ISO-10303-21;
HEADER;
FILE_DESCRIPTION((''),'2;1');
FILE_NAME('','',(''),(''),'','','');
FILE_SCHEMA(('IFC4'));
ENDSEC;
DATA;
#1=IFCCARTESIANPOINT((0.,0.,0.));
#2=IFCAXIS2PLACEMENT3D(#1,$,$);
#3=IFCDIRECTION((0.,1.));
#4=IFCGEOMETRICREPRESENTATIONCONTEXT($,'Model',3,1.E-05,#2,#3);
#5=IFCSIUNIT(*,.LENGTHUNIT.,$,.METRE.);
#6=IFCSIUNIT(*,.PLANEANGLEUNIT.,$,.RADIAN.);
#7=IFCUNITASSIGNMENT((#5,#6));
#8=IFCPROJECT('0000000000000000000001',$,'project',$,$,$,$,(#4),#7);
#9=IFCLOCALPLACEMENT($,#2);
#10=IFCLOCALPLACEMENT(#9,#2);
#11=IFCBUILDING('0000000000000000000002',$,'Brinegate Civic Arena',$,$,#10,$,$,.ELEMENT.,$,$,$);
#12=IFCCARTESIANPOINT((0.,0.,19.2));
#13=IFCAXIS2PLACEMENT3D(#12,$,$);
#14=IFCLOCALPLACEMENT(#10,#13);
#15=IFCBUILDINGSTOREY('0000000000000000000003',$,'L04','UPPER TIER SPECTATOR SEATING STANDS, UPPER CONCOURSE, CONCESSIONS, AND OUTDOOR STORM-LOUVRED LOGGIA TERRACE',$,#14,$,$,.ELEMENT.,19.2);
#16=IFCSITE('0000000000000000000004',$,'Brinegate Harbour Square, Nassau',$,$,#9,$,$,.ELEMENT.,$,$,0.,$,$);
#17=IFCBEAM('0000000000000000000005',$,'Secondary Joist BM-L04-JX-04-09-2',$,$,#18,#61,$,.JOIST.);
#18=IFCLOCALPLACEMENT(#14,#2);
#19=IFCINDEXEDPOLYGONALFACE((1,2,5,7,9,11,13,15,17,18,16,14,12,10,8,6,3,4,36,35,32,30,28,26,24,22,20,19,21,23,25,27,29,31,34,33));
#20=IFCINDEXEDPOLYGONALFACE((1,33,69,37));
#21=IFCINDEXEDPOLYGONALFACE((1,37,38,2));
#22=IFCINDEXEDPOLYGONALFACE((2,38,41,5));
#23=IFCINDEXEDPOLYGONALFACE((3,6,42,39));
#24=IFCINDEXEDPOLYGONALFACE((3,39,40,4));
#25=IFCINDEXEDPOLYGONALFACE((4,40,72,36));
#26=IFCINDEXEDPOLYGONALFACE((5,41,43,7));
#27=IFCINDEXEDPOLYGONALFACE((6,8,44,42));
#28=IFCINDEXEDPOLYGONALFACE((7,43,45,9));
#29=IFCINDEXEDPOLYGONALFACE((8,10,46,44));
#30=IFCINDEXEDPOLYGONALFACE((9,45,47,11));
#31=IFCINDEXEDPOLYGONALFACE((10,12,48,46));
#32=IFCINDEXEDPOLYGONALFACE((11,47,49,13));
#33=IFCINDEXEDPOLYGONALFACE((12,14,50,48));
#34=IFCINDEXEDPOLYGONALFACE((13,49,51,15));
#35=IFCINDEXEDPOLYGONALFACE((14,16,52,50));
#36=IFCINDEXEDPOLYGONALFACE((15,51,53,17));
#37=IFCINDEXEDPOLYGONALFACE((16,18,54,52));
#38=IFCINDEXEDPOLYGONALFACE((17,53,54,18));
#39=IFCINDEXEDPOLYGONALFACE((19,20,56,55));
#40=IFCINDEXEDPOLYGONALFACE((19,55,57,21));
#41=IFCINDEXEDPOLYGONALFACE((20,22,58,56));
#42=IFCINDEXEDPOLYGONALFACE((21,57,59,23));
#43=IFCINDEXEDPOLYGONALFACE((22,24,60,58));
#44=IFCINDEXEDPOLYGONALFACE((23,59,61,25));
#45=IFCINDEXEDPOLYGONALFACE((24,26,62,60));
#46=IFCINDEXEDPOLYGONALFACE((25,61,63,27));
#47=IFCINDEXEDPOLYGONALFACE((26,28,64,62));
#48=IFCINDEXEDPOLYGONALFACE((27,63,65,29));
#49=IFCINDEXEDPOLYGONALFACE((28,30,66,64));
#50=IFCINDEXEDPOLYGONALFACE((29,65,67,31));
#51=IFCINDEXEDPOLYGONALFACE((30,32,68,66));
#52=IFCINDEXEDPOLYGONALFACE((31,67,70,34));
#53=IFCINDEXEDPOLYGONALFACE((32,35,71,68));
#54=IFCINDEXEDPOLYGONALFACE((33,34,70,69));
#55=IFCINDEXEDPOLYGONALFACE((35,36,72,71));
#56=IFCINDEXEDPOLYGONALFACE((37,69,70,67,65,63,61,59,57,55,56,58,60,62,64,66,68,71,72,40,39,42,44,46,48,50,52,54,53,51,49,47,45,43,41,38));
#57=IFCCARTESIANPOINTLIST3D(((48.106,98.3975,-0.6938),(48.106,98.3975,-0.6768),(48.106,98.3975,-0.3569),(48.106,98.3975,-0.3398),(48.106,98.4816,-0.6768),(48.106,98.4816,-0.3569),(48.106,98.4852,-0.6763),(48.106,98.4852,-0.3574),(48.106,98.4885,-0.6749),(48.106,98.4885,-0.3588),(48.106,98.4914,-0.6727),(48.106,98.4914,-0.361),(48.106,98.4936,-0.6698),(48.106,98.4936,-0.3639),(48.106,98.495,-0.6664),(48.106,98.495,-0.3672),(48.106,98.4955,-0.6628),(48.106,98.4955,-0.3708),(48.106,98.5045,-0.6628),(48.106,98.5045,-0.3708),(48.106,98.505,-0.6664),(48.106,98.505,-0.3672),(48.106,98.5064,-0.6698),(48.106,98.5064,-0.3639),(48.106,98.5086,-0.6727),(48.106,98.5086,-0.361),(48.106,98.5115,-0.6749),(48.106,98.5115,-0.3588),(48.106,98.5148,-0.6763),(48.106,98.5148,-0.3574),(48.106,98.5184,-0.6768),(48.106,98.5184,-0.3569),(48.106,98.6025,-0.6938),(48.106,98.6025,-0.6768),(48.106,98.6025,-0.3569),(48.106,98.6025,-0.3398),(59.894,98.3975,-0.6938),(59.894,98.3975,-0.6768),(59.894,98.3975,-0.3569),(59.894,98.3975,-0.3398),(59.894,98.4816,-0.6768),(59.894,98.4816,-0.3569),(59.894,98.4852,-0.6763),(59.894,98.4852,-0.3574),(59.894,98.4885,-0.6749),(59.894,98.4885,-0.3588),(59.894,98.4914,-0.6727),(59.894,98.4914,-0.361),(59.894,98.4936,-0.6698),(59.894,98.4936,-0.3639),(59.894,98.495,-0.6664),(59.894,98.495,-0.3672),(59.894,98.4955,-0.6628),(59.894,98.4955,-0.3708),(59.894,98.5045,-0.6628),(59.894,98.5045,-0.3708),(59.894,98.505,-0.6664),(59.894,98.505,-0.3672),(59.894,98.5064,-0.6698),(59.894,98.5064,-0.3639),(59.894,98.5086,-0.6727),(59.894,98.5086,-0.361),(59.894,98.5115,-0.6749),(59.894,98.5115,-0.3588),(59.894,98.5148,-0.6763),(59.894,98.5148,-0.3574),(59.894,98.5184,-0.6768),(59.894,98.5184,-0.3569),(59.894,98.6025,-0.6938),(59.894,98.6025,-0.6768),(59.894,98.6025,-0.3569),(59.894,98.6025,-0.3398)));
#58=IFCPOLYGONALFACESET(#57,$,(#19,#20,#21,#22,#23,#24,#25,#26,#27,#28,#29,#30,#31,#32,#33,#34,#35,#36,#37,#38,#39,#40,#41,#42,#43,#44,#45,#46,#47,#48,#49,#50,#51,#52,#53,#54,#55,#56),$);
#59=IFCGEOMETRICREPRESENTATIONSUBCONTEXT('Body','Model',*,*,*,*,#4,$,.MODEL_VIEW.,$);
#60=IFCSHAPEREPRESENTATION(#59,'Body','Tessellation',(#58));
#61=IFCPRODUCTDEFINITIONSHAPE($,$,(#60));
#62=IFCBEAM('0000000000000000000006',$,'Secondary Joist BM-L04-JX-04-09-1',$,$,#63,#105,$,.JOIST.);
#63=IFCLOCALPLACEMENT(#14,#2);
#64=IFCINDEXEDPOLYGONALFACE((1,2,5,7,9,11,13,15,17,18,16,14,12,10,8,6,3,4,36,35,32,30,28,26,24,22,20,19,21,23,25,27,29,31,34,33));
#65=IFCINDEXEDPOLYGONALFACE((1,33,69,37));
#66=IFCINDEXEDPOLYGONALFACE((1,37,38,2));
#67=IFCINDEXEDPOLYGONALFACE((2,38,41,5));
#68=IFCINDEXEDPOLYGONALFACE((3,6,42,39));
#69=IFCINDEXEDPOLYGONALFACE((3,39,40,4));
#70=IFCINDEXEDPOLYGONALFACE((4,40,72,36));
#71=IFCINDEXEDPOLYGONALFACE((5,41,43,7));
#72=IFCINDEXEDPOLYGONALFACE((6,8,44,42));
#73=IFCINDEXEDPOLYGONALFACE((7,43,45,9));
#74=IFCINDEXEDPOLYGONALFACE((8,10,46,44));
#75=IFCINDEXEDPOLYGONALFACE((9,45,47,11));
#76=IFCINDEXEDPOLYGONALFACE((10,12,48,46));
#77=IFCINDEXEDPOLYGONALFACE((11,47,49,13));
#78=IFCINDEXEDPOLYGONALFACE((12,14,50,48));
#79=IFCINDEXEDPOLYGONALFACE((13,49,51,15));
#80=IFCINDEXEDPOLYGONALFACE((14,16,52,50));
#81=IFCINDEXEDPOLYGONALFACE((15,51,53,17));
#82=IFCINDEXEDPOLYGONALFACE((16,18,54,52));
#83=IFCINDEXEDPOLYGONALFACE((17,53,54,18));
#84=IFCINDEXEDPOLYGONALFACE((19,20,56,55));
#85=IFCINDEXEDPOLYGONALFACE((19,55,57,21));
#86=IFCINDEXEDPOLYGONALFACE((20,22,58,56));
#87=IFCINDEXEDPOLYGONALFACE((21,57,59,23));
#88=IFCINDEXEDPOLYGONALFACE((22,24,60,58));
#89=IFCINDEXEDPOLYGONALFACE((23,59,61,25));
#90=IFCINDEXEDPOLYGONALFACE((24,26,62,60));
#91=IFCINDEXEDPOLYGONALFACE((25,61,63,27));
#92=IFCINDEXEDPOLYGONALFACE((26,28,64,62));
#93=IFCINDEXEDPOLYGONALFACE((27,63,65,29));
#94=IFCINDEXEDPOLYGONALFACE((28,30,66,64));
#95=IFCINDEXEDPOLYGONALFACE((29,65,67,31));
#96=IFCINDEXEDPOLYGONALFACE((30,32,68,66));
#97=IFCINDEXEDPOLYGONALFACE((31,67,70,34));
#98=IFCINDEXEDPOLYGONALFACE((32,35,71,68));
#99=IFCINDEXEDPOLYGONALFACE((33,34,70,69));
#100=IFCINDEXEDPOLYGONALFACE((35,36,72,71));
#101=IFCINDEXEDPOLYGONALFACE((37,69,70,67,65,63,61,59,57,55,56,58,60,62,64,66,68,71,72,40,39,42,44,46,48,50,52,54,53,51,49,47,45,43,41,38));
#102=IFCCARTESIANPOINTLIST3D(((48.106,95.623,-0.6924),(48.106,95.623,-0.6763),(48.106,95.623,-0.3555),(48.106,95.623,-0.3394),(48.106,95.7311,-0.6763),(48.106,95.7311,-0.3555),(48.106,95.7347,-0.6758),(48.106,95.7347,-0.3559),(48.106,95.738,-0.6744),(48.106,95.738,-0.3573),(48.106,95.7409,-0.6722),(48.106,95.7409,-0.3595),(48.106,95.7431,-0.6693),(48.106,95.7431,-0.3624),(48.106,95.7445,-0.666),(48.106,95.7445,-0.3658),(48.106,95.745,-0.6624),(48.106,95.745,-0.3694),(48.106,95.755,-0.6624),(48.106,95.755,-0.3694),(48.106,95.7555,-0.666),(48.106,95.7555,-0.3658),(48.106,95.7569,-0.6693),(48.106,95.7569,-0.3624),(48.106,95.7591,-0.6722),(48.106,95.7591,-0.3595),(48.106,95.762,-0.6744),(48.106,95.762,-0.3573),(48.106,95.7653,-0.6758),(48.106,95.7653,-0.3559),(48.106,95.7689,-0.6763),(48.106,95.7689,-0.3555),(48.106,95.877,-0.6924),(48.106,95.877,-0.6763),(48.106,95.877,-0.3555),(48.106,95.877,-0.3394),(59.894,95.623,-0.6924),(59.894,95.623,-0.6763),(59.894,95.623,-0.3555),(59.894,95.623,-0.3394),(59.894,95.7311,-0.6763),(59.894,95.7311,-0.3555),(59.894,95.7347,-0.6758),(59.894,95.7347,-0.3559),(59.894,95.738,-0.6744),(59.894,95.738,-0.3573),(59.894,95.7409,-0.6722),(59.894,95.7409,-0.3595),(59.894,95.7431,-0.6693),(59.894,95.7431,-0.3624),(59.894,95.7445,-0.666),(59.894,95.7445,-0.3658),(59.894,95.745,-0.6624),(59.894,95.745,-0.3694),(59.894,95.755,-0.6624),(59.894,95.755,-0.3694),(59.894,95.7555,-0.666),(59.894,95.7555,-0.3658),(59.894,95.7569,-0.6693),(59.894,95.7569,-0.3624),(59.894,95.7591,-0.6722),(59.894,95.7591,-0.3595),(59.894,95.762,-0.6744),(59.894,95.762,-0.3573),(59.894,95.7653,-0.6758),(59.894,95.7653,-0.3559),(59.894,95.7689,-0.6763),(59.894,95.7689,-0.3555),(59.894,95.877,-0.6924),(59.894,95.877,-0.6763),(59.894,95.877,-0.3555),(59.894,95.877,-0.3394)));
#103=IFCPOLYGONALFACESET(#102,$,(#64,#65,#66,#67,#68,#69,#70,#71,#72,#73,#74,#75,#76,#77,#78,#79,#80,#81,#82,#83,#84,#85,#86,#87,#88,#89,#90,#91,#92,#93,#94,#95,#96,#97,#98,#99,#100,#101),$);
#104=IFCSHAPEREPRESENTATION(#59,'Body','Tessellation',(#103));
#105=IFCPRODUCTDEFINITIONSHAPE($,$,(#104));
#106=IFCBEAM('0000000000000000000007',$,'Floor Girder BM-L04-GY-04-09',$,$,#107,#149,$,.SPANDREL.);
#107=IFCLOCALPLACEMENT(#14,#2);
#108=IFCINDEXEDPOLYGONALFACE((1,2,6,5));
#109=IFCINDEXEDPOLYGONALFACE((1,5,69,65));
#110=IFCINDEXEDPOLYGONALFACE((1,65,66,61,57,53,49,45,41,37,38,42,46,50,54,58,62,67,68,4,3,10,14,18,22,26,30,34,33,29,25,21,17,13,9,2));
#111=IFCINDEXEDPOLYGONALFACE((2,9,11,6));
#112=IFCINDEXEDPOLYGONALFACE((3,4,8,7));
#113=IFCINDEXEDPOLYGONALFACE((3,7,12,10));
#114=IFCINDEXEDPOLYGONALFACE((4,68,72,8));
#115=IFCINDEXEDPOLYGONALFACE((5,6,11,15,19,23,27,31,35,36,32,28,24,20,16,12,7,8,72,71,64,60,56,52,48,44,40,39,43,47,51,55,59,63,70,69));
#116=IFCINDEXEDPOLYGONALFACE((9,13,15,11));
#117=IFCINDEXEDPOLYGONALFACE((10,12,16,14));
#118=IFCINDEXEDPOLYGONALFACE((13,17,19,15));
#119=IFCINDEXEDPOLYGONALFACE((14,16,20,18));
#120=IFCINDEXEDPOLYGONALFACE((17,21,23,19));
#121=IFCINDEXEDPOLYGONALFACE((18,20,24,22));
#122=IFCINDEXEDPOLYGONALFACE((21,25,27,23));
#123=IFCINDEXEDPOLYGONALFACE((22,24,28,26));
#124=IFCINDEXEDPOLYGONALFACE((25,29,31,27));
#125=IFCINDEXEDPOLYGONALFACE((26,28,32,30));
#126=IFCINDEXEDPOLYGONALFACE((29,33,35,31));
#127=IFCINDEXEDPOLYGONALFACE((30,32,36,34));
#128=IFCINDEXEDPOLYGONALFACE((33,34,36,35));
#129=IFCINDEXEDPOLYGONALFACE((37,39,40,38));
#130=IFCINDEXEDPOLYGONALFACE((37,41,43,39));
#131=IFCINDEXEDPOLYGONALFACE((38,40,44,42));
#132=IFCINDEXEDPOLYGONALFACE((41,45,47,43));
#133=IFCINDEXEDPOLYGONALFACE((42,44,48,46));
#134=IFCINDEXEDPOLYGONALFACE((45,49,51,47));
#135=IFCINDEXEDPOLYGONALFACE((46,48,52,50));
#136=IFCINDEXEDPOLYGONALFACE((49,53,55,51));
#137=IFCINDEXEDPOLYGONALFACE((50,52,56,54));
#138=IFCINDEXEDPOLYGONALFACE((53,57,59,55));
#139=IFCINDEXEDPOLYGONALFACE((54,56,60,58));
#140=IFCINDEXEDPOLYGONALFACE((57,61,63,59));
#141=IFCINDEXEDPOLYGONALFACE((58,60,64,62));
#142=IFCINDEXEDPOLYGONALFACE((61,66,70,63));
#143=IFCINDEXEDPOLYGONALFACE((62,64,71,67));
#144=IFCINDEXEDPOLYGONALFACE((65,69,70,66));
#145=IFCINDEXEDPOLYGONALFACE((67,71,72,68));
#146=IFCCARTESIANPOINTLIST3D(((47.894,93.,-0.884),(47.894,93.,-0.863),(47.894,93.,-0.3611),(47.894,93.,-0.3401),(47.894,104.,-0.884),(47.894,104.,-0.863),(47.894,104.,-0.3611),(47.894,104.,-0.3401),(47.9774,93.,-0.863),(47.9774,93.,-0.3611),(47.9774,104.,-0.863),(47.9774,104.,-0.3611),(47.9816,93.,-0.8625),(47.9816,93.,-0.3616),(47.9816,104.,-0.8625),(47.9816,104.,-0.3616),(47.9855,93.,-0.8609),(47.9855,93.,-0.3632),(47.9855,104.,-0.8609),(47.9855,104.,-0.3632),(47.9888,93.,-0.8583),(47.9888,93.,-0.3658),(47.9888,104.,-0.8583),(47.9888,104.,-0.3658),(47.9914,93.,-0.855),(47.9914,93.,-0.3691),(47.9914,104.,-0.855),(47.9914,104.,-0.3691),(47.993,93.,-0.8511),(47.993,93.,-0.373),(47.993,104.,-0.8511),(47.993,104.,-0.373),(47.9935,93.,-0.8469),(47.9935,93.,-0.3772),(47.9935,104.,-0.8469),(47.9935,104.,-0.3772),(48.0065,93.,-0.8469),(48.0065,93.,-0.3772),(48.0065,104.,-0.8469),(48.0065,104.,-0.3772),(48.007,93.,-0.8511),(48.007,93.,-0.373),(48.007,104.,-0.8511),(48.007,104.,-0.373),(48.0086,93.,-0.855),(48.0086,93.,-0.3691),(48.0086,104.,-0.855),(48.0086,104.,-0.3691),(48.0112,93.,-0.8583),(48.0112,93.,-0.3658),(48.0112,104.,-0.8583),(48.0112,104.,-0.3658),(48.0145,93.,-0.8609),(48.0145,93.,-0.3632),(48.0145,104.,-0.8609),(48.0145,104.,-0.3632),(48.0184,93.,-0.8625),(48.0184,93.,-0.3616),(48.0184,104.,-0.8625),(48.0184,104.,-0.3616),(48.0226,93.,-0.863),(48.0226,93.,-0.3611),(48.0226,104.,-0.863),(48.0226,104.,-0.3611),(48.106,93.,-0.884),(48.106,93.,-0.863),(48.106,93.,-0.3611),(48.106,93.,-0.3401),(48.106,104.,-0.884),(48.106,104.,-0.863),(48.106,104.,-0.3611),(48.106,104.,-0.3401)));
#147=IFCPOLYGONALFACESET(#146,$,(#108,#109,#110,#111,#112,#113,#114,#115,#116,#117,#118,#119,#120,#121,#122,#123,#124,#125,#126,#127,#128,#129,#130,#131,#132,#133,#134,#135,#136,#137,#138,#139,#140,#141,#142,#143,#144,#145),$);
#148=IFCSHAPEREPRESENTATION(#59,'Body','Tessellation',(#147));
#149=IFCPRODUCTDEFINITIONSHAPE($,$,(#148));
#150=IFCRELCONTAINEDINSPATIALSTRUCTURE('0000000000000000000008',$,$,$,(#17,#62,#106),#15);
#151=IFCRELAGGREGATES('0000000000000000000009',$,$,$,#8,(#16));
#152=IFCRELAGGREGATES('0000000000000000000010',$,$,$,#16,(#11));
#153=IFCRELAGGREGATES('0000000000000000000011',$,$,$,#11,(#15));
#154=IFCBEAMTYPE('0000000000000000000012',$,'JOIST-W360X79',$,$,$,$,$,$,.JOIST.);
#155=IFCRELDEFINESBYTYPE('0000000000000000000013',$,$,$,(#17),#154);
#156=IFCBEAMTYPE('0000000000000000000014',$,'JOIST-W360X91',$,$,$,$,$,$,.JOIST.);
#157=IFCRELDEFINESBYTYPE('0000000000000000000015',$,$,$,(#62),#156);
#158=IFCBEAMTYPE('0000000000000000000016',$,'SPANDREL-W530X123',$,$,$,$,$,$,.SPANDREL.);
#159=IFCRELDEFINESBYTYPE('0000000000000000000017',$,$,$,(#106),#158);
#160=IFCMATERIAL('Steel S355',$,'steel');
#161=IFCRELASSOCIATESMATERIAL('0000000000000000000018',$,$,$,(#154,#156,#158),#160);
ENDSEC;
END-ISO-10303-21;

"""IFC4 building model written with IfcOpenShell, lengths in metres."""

from ifc_helpers import new_model, si_unit, direction, frame, origin, origin_2d, place, context, subcontext, project, spatial, i_section, extrude, material, material_profile, profile_set, type_object, element, save


model = new_model("IFC4")

# Units and contexts
model_context = context("Model", 3, precision=1e-05, world=origin(), true_north=direction((0.0, 1.0)))
body_context = subcontext(model_context, "Body", "Model", "MODEL_VIEW")
ifc_project = project(units=[si_unit("LENGTHUNIT", "METRE"), si_unit("PLANEANGLEUNIT", "RADIAN")], contexts=[model_context])

# Site, building, storey
site_placement = place(None, origin())
site = spatial("IfcSite", under=ifc_project, at=site_placement, Name="Brinegate Harbour Square, Nassau", CompositionType="ELEMENT", RefElevation=0.0)
building_placement = place(site_placement, origin())
building = spatial("IfcBuilding", under=site, at=building_placement, Name="Brinegate Civic Arena", CompositionType="ELEMENT")
storey_placement = place(building_placement, frame((0.0, 0.0, 19.2)))
storey = spatial("IfcBuildingStorey", under=building, at=storey_placement, Name="L04", Description="UPPER TIER SPECTATOR SEATING STANDS, UPPER CONCOURSE, CONCESSIONS, AND OUTDOOR STORM-LOUVRED LOGGIA TERRACE", CompositionType="ELEMENT", Elevation=19.2)

# Beams
ifc_material_1 = material(Name="Steel S355", Category="steel")
ifc_material_profile_1 = material_profile(ifc_material_1, i_section(OverallWidth=0.2051, OverallDepth=0.354, WebThickness=0.009, FlangeThickness=0.0171, FilletRadius=0.0139, at=origin_2d()), Name="W360X79")
ifc_profile_set_1 = profile_set([ifc_material_profile_1], Name="Steel S355")
beam_type_1 = type_object("IfcBeamType", Name="JOIST-W360X79", PredefinedType="JOIST", material=ifc_profile_set_1)
beam_1_placement = place(storey_placement, frame((48.106, 98.5, -0.5168), z_axis=(1.0, 0.0, 0.0), x_axis=(0.0, 1.0, 0.0)))
element("IfcBeam", 1, at=beam_1_placement, inside=storey, type_object=beam_type_1, Name="Secondary Joist BM-L04-JX-04-09-2", PredefinedType="JOIST", context=body_context, shape_type="SweptSolid", body=[
    extrude(i_section(OverallWidth=0.2051, OverallDepth=0.354, WebThickness=0.009, FlangeThickness=0.0171, FilletRadius=0.0139, at=origin_2d()), origin(), (0.0, 0.0, 1.0), 11.7881),
])
ifc_material_profile_2 = material_profile(ifc_material_1, i_section(OverallWidth=0.2539, OverallDepth=0.353, WebThickness=0.01, FlangeThickness=0.0161, FilletRadius=0.0139, at=origin_2d()), Name="W360X91")
ifc_profile_set_2 = profile_set([ifc_material_profile_2], Name="Steel S355")
beam_type_2 = type_object("IfcBeamType", Name="JOIST-W360X91", PredefinedType="JOIST", material=ifc_profile_set_2)
beam_2_placement = place(storey_placement, frame((48.106, 95.75, -0.5159), z_axis=(1.0, 0.0, 0.0), x_axis=(0.0, 1.0, 0.0)))
element("IfcBeam", 2, at=beam_2_placement, inside=storey, type_object=beam_type_2, Name="Secondary Joist BM-L04-JX-04-09-1", PredefinedType="JOIST", context=body_context, shape_type="SweptSolid", body=[
    extrude(i_section(OverallWidth=0.2539, OverallDepth=0.353, WebThickness=0.01, FlangeThickness=0.0161, FilletRadius=0.0139, at=origin_2d()), origin(), (0.0, 0.0, 1.0), 11.7881),
])
ifc_material_profile_3 = material_profile(ifc_material_1, i_section(OverallWidth=0.2119, OverallDepth=0.5439, WebThickness=0.0129, FlangeThickness=0.021, FilletRadius=0.0161, at=origin_2d()), Name="W530X123")
ifc_profile_set_3 = profile_set([ifc_material_profile_3], Name="Steel S355")
beam_type_3 = type_object("IfcBeamType", Name="SPANDREL-W530X123", PredefinedType="SPANDREL", material=ifc_profile_set_3)
beam_3_placement = place(storey_placement, frame((48.0, 93.0, -0.6121), z_axis=(0.0, 1.0, 0.0), x_axis=(-1.0, 0.0, 0.0)))
element("IfcBeam", 3, at=beam_3_placement, inside=storey, type_object=beam_type_3, Name="Floor Girder BM-L04-GY-04-09", PredefinedType="SPANDREL", context=body_context, shape_type="SweptSolid", body=[
    extrude(i_section(OverallWidth=0.2119, OverallDepth=0.5439, WebThickness=0.0129, FlangeThickness=0.021, FilletRadius=0.0161, at=origin_2d()), origin(), (0.0, 0.0, 1.0), 11.0),
])

save(model, "model.ifc")
